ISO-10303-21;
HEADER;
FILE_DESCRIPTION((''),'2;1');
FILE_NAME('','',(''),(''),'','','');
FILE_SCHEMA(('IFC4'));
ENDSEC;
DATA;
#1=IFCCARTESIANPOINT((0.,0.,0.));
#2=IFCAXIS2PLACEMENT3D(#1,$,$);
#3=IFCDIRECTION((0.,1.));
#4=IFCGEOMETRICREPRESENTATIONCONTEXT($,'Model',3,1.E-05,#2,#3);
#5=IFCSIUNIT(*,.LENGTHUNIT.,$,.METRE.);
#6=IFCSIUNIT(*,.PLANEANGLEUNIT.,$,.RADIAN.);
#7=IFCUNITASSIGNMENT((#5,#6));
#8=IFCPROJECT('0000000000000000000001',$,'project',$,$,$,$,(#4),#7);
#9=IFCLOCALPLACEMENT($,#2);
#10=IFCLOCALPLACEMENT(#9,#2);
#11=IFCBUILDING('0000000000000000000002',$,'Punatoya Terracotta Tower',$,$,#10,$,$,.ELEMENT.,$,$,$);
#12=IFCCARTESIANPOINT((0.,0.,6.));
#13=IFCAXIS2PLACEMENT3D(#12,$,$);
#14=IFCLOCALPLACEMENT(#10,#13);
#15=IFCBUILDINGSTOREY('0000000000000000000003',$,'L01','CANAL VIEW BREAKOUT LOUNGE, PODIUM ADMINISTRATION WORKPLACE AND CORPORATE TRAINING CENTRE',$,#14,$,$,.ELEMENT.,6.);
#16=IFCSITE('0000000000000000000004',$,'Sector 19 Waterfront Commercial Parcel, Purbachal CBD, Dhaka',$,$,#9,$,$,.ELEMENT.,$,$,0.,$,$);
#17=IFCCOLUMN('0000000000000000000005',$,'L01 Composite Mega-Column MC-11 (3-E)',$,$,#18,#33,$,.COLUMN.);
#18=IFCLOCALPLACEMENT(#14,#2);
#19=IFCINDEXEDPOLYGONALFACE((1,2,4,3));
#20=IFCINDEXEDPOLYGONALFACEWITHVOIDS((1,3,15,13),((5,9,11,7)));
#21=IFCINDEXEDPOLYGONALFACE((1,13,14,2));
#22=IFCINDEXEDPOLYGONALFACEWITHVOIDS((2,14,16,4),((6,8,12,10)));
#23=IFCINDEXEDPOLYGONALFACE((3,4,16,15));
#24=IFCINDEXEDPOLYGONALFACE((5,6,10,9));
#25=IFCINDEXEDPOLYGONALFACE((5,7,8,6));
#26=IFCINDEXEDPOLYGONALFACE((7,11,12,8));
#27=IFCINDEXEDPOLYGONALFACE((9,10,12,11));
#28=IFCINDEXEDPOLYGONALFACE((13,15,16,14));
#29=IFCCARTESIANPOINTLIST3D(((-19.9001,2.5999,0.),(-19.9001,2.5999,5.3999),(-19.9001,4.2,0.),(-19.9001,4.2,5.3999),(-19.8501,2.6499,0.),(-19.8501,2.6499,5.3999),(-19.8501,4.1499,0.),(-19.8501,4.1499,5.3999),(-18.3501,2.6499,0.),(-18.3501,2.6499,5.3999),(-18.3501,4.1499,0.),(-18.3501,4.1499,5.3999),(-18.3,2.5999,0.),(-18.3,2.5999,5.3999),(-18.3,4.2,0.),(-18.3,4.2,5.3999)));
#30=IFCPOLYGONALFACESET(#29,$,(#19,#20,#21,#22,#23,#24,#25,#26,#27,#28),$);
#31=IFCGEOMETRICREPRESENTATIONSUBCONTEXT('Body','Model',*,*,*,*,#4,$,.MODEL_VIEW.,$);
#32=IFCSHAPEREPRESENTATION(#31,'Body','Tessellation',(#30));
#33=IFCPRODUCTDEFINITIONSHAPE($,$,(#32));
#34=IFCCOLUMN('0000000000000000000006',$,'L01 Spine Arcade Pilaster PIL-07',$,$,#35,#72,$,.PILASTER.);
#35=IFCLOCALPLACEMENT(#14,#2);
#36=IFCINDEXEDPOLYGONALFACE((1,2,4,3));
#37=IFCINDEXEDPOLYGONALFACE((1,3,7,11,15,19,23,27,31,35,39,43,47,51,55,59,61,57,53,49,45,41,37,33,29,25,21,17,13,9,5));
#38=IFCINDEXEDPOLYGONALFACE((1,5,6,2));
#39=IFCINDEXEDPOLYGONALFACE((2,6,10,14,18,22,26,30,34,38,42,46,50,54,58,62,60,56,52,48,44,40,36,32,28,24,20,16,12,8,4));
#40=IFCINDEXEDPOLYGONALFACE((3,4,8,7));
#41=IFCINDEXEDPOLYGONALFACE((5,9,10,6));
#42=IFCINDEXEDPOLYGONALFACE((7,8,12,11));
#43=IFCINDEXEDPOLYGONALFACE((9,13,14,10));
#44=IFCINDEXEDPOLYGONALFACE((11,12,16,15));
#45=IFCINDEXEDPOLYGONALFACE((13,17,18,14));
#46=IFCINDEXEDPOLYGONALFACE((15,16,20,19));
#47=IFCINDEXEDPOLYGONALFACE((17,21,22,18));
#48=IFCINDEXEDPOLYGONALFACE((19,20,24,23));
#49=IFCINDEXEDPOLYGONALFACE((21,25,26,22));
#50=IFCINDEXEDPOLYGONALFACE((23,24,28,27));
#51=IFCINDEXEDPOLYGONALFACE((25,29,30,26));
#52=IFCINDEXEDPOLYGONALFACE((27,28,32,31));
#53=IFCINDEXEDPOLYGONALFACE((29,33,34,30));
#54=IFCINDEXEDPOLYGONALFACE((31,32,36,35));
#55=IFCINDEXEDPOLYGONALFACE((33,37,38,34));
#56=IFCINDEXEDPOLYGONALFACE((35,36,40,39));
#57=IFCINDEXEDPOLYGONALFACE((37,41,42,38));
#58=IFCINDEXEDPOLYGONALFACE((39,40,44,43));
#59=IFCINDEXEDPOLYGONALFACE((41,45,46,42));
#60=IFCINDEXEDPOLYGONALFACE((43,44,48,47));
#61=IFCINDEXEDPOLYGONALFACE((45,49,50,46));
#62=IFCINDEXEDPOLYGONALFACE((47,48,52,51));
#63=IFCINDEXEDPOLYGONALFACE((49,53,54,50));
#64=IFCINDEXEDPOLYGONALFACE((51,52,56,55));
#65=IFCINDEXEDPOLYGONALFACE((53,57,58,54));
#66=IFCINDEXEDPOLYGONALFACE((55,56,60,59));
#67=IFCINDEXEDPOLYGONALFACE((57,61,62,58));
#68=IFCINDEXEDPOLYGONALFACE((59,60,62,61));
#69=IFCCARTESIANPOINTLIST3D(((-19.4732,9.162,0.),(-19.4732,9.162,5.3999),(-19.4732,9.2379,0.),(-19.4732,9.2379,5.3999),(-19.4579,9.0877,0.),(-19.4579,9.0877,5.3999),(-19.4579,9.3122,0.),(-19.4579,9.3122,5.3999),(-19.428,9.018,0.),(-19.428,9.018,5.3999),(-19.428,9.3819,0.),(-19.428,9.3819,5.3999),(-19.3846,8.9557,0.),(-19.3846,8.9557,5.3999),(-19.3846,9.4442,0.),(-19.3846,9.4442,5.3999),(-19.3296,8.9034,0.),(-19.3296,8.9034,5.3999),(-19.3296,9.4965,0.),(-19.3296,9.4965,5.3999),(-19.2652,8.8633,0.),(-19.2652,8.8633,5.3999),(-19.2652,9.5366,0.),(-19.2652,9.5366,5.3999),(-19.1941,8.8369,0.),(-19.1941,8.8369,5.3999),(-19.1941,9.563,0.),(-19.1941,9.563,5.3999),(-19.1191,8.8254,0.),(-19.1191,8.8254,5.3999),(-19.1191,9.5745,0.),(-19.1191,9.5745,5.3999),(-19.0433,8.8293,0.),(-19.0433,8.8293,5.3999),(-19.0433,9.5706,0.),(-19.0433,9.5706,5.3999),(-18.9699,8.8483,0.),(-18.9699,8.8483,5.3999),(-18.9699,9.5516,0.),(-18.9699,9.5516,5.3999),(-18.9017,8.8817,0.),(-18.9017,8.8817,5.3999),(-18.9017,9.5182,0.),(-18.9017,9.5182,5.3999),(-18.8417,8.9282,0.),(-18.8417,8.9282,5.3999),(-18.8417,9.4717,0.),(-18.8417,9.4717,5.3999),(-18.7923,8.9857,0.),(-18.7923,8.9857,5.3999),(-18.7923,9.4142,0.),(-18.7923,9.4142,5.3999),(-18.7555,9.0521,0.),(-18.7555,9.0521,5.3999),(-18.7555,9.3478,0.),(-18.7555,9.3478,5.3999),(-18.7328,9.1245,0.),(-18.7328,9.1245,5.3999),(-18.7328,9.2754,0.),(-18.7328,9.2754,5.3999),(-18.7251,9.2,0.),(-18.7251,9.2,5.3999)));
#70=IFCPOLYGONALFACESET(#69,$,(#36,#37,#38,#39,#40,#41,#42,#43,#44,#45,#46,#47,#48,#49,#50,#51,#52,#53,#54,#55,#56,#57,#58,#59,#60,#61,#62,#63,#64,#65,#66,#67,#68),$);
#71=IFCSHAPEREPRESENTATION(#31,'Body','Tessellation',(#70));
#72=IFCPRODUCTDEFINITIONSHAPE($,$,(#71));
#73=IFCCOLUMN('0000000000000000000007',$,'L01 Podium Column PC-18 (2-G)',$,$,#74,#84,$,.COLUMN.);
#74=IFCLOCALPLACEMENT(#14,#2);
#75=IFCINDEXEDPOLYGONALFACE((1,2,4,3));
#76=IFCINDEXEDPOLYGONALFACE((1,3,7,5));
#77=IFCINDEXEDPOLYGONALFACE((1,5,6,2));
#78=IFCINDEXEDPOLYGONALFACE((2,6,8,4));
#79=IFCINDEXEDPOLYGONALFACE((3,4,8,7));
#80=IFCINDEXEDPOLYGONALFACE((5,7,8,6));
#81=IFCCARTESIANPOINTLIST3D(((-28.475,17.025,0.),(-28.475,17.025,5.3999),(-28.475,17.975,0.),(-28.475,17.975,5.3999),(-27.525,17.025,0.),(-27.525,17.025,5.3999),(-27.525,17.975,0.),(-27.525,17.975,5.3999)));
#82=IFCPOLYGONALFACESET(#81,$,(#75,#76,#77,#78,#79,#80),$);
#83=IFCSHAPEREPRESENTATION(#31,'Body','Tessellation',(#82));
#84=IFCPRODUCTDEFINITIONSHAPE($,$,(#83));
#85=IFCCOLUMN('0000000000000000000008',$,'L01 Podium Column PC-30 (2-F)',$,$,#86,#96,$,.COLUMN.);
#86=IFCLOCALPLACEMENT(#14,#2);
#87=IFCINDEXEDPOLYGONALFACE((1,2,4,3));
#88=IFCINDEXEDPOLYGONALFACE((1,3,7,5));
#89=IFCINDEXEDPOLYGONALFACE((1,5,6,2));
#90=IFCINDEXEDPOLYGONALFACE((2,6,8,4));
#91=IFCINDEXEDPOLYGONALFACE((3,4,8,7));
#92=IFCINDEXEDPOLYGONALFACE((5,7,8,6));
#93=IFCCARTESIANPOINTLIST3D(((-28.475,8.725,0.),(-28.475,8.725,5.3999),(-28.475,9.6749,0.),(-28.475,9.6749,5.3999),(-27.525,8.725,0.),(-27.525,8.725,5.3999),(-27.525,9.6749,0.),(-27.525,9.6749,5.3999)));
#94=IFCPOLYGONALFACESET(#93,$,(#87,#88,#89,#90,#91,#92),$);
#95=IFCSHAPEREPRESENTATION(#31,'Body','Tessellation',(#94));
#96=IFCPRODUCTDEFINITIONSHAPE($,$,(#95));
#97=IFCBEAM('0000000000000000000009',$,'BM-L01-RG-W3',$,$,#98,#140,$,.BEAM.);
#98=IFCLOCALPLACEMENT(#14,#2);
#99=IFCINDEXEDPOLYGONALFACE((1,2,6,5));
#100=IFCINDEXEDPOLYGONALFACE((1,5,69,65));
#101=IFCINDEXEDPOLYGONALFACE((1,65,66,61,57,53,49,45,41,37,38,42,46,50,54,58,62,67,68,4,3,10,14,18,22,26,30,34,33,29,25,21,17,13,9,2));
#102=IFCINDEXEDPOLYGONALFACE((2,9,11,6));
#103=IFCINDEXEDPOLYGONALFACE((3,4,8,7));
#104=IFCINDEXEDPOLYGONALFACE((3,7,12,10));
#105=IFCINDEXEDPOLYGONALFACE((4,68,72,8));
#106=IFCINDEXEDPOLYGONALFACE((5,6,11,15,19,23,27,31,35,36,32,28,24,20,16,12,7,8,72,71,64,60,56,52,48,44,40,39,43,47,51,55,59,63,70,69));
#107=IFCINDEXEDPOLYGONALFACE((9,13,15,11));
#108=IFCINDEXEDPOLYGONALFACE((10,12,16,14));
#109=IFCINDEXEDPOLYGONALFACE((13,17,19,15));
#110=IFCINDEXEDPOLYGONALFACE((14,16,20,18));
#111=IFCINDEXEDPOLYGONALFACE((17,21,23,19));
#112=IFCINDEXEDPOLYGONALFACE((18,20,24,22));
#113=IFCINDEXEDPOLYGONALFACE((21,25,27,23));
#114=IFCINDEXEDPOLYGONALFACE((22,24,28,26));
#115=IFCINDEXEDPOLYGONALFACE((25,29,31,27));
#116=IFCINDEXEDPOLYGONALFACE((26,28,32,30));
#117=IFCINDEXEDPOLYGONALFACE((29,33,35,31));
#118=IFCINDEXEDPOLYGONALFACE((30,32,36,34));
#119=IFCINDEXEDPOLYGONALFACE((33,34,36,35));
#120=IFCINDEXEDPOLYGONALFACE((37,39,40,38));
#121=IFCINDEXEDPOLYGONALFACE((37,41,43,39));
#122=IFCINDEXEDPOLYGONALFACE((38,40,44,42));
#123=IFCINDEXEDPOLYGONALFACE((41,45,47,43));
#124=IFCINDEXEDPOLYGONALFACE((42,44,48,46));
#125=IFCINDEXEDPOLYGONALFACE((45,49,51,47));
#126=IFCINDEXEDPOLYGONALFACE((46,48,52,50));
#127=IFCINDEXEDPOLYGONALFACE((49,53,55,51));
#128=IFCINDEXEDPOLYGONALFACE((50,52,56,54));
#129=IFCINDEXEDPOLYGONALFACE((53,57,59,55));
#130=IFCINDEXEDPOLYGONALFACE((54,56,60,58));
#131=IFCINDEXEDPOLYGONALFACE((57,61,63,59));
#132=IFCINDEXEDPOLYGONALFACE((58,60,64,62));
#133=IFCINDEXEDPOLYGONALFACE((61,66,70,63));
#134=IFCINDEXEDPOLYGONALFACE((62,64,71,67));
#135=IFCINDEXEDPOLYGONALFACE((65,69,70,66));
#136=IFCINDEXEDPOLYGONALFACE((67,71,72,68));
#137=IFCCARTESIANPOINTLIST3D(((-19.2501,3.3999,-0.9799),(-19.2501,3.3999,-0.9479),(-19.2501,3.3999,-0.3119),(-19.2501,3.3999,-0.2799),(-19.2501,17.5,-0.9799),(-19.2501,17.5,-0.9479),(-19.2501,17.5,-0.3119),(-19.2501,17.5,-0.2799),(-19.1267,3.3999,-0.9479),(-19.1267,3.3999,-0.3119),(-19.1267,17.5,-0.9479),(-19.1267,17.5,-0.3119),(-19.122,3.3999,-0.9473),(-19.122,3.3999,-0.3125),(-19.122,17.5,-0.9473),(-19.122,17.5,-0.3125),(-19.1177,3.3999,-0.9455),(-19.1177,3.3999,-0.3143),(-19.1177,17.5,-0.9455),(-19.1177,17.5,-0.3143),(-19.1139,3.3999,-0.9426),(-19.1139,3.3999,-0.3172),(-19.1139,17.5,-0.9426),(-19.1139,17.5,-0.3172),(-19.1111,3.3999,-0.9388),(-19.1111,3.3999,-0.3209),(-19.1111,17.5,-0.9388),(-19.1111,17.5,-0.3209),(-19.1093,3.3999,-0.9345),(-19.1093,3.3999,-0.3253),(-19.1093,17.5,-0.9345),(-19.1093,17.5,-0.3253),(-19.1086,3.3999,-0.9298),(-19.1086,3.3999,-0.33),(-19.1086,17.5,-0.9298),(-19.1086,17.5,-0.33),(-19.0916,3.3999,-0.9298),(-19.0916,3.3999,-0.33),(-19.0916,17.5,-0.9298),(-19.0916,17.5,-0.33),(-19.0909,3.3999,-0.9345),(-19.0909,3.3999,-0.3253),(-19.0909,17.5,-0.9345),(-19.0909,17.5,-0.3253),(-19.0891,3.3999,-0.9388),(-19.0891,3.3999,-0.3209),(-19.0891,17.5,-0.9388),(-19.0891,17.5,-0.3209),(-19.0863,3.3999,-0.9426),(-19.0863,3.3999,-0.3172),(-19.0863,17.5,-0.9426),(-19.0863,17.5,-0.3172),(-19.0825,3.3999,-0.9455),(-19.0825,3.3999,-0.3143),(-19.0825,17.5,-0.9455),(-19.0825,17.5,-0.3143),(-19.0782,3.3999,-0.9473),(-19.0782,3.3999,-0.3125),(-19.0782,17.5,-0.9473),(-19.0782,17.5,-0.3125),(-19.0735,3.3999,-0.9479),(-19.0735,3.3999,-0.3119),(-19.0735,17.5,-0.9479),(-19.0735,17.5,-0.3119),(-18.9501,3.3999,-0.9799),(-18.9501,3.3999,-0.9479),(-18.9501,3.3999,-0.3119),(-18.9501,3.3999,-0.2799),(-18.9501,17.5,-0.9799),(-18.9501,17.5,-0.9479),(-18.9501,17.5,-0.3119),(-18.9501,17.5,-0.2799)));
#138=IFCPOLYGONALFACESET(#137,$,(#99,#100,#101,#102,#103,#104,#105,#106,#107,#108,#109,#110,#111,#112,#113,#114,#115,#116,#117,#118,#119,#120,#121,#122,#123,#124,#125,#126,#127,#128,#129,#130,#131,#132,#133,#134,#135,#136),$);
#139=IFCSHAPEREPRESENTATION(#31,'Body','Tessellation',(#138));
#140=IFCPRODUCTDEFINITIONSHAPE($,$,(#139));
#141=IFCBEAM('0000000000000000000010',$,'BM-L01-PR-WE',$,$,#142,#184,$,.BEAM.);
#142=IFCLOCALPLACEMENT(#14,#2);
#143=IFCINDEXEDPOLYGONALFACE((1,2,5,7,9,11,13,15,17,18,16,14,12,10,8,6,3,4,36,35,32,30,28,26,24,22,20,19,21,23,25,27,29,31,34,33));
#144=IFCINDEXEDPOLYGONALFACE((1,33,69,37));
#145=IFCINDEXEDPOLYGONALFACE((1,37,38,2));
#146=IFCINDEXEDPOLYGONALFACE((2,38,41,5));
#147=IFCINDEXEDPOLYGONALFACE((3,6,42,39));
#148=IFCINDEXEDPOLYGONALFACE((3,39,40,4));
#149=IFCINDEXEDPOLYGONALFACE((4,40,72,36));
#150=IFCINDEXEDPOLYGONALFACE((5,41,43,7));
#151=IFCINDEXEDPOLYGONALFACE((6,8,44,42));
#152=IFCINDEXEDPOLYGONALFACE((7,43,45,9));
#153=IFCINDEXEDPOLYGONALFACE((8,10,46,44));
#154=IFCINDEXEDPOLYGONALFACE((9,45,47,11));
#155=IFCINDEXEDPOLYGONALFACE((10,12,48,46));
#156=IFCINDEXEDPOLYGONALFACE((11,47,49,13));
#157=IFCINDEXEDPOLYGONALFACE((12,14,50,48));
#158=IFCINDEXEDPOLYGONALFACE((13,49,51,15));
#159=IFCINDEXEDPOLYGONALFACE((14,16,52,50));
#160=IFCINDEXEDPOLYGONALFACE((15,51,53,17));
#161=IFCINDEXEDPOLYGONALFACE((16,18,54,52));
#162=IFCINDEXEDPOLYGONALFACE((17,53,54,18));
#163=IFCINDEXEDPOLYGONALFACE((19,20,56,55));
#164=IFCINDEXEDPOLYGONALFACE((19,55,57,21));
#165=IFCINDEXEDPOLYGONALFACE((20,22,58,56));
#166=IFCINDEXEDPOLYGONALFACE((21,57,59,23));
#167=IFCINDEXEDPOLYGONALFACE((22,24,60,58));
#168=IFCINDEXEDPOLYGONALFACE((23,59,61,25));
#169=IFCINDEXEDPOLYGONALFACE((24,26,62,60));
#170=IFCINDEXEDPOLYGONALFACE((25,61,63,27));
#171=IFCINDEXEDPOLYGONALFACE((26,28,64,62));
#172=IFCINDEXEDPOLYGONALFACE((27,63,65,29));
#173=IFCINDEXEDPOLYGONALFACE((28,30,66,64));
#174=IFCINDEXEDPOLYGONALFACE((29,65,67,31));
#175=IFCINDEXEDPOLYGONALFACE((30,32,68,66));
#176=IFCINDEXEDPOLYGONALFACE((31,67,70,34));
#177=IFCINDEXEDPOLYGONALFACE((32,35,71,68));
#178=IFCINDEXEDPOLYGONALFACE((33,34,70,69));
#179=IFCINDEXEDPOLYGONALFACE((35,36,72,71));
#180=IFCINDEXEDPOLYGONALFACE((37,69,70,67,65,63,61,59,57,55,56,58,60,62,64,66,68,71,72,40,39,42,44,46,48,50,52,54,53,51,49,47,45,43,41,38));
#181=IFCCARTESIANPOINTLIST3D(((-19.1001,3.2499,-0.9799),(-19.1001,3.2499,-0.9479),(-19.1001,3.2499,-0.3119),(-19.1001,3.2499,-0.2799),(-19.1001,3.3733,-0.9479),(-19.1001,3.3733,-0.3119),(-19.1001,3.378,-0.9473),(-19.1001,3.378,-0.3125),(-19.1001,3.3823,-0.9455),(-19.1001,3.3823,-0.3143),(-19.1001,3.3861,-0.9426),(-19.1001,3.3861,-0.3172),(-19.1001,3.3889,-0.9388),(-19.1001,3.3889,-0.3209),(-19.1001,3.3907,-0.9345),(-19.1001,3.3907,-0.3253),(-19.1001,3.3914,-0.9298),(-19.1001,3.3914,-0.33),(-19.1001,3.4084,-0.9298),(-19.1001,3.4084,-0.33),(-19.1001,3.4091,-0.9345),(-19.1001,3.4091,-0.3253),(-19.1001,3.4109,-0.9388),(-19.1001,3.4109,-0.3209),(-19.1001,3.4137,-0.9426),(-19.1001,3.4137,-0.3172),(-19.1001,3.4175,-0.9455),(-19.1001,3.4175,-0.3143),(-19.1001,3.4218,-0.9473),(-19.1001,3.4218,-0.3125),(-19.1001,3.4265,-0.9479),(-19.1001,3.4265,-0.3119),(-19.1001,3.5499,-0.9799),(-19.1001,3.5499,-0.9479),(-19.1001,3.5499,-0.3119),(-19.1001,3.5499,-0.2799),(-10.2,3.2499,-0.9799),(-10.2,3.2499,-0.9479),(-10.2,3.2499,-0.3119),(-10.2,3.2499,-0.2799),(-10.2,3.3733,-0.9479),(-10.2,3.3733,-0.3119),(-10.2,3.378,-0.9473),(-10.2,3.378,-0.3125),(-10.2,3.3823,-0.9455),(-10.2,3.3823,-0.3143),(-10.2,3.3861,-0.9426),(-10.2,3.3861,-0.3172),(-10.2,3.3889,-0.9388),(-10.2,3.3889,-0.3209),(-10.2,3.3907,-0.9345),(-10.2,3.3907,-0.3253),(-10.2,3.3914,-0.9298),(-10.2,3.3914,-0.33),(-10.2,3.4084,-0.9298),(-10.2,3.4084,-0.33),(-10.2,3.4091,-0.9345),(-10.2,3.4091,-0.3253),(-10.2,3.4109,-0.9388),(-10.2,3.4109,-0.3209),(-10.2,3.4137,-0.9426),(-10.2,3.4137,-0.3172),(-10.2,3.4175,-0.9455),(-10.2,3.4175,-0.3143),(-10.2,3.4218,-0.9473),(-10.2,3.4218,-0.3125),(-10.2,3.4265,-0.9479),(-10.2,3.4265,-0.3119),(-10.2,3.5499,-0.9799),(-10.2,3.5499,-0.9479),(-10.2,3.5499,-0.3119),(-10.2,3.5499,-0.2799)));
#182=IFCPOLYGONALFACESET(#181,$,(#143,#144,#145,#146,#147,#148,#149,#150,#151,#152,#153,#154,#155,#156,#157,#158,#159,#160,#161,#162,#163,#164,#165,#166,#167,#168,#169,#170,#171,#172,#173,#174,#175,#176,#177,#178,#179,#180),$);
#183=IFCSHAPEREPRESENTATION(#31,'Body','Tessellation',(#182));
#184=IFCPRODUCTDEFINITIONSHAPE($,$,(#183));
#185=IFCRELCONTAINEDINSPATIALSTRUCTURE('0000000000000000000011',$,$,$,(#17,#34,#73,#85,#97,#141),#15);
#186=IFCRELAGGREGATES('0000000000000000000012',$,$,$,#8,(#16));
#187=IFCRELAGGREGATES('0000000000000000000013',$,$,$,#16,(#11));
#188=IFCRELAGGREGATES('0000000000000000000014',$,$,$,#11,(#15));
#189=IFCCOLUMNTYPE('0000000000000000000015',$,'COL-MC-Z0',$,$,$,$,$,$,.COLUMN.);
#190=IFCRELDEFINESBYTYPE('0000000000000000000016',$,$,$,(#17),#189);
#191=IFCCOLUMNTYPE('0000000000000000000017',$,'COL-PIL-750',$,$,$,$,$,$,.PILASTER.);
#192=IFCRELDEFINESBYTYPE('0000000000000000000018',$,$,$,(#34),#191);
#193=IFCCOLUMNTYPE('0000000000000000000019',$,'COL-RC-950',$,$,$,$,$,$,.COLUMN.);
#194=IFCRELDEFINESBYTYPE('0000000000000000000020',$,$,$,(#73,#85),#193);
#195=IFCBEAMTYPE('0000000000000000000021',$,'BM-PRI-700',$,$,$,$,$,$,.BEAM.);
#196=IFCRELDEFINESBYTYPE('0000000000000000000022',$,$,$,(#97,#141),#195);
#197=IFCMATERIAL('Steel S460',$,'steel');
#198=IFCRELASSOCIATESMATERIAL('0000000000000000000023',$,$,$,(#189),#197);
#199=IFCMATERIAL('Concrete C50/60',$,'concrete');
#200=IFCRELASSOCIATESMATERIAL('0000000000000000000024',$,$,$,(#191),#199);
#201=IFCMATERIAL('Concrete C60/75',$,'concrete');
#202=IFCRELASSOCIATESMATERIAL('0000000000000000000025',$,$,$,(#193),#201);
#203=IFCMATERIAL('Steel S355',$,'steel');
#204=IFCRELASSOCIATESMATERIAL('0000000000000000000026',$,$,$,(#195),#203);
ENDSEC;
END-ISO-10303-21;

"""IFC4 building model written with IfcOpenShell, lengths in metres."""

from ifc_helpers import new_model, si_unit, direction, frame, origin, origin_2d, place, context, subcontext, project, spatial, rectangle, hollow_rectangle, circle, i_section, extrude, material, material_profile, profile_set, type_object, element, save


model = new_model("IFC4")

# Units and contexts
model_context = context("Model", 3, precision=1e-05, world=origin(), true_north=direction((0.0, 1.0)))
body_context = subcontext(model_context, "Body", "Model", "MODEL_VIEW")
ifc_project = project(units=[si_unit("LENGTHUNIT", "METRE"), si_unit("PLANEANGLEUNIT", "RADIAN")], contexts=[model_context])

# Site, building, storey
site_placement = place(None, origin())
site = spatial("IfcSite", under=ifc_project, at=site_placement, Name="Sector 19 Waterfront Commercial Parcel, Purbachal CBD, Dhaka", CompositionType="ELEMENT", RefElevation=0.0)
building_placement = place(site_placement, origin())
building = spatial("IfcBuilding", under=site, at=building_placement, Name="Punatoya Terracotta Tower", CompositionType="ELEMENT")
storey_placement = place(building_placement, frame((0.0, 0.0, 6.0)))
storey = spatial("IfcBuildingStorey", under=building, at=storey_placement, Name="L01", Description="CANAL VIEW BREAKOUT LOUNGE, PODIUM ADMINISTRATION WORKPLACE AND CORPORATE TRAINING CENTRE", CompositionType="ELEMENT", Elevation=6.0)

# Columns
ifc_material_1 = material(Name="Steel S460", Category="steel")
ifc_material_profile_1 = material_profile(ifc_material_1, hollow_rectangle(XDim=1.6001, YDim=1.6001, WallThickness=0.05, at=origin_2d()))
ifc_profile_set_1 = profile_set([ifc_material_profile_1], Name="Steel S460")
column_type_1 = type_object("IfcColumnType", Name="COL-MC-Z0", PredefinedType="COLUMN", material=ifc_profile_set_1)
column_1_placement = place(storey_placement, frame((-19.1001, 3.3999, 0.0), z_axis=(0.0, 0.0, 1.0), x_axis=(1.0, 0.0, 0.0)))
element("IfcColumn", 1, at=column_1_placement, inside=storey, type_object=column_type_1, Name="L01 Composite Mega-Column MC-11 (3-E)", PredefinedType="COLUMN", context=body_context, shape_type="SweptSolid", body=[
    extrude(hollow_rectangle(XDim=1.6001, YDim=1.6001, WallThickness=0.05, at=origin_2d()), origin(), (0.0, 0.0, 1.0), 5.3999),
])
ifc_material_2 = material(Name="Concrete C50/60", Category="concrete")
ifc_material_profile_2 = material_profile(ifc_material_2, circle(Radius=0.375, at=origin_2d()))
ifc_profile_set_2 = profile_set([ifc_material_profile_2], Name="Concrete C50/60")
column_type_2 = type_object("IfcColumnType", Name="COL-PIL-750", PredefinedType="PILASTER", material=ifc_profile_set_2)
column_2_placement = place(storey_placement, frame((-19.1001, 9.2, 0.0), z_axis=(0.0, 0.0, 1.0), x_axis=(1.0, 0.0, 0.0)))
element("IfcColumn", 2, at=column_2_placement, inside=storey, type_object=column_type_2, Name="L01 Spine Arcade Pilaster PIL-07", PredefinedType="PILASTER", context=body_context, shape_type="SweptSolid", body=[
    extrude(circle(Radius=0.375, at=origin_2d()), origin(), (0.0, 0.0, 1.0), 5.3999),
])
ifc_material_3 = material(Name="Concrete C60/75", Category="concrete")
ifc_material_profile_3 = material_profile(ifc_material_3, rectangle(XDim=0.95, YDim=0.95, at=origin_2d()))
ifc_profile_set_3 = profile_set([ifc_material_profile_3], Name="Concrete C60/75")
column_type_3 = type_object("IfcColumnType", Name="COL-RC-950", PredefinedType="COLUMN", material=ifc_profile_set_3)
for number, where, z_axis, x_axis, name in (
    (3, (-28.0, 17.5, 0.0), (0.0, 0.0, 1.0), (1.0, 0.0, 0.0), "L01 Podium Column PC-18 (2-G)"),
    (4, (-28.0, 9.2, 0.0), (0.0, 0.0, 1.0), (1.0, 0.0, 0.0), "L01 Podium Column PC-30 (2-F)"),
):
    element("IfcColumn", number, at=place(storey_placement, frame(where, z_axis=z_axis, x_axis=x_axis)), inside=storey, type_object=column_type_3, Name=name, PredefinedType="COLUMN", context=body_context, shape_type="SweptSolid", body=[
        extrude(rectangle(XDim=0.95, YDim=0.95, at=origin_2d()), origin(), (0.0, 0.0, 1.0), 5.3999),
    ])

# Beams
ifc_material_4 = material(Name="Steel S355", Category="steel")
ifc_material_profile_4 = material_profile(ifc_material_4, i_section(OverallWidth=0.3, OverallDepth=0.7, WebThickness=0.0171, FlangeThickness=0.032, FilletRadius=0.0181, at=origin_2d()))
ifc_profile_set_4 = profile_set([ifc_material_profile_4], Name="Steel S355")
beam_type_1 = type_object("IfcBeamType", Name="BM-PRI-700", PredefinedType="BEAM", material=ifc_profile_set_4)
beam_1_placement = place(storey_placement, frame((-19.1001, 3.3999, -0.6299), z_axis=(0.0, 1.0, 0.0), x_axis=(-1.0, 0.0, 0.0)))
element("IfcBeam", 5, at=beam_1_placement, inside=storey, type_object=beam_type_1, Name="BM-L01-RG-W3", PredefinedType="BEAM", context=body_context, shape_type="SweptSolid", body=[
    extrude(i_section(OverallWidth=0.3, OverallDepth=0.7, WebThickness=0.0171, FlangeThickness=0.032, FilletRadius=0.0181, at=origin_2d()), origin(), (0.0, 0.0, 1.0), 14.1001),
])
beam_2_placement = place(storey_placement, frame((-19.1001, 3.3999, -0.6299), z_axis=(1.0, 0.0, 0.0), x_axis=(0.0, 1.0, 0.0)))
element("IfcBeam", 6, at=beam_2_placement, inside=storey, type_object=beam_type_1, Name="BM-L01-PR-WE", PredefinedType="BEAM", context=body_context, shape_type="SweptSolid", body=[
    extrude(i_section(OverallWidth=0.3, OverallDepth=0.7, WebThickness=0.0171, FlangeThickness=0.032, FilletRadius=0.0181, at=origin_2d()), origin(), (0.0, 0.0, 1.0), 8.9001),
])

save(model, "model.ifc")
